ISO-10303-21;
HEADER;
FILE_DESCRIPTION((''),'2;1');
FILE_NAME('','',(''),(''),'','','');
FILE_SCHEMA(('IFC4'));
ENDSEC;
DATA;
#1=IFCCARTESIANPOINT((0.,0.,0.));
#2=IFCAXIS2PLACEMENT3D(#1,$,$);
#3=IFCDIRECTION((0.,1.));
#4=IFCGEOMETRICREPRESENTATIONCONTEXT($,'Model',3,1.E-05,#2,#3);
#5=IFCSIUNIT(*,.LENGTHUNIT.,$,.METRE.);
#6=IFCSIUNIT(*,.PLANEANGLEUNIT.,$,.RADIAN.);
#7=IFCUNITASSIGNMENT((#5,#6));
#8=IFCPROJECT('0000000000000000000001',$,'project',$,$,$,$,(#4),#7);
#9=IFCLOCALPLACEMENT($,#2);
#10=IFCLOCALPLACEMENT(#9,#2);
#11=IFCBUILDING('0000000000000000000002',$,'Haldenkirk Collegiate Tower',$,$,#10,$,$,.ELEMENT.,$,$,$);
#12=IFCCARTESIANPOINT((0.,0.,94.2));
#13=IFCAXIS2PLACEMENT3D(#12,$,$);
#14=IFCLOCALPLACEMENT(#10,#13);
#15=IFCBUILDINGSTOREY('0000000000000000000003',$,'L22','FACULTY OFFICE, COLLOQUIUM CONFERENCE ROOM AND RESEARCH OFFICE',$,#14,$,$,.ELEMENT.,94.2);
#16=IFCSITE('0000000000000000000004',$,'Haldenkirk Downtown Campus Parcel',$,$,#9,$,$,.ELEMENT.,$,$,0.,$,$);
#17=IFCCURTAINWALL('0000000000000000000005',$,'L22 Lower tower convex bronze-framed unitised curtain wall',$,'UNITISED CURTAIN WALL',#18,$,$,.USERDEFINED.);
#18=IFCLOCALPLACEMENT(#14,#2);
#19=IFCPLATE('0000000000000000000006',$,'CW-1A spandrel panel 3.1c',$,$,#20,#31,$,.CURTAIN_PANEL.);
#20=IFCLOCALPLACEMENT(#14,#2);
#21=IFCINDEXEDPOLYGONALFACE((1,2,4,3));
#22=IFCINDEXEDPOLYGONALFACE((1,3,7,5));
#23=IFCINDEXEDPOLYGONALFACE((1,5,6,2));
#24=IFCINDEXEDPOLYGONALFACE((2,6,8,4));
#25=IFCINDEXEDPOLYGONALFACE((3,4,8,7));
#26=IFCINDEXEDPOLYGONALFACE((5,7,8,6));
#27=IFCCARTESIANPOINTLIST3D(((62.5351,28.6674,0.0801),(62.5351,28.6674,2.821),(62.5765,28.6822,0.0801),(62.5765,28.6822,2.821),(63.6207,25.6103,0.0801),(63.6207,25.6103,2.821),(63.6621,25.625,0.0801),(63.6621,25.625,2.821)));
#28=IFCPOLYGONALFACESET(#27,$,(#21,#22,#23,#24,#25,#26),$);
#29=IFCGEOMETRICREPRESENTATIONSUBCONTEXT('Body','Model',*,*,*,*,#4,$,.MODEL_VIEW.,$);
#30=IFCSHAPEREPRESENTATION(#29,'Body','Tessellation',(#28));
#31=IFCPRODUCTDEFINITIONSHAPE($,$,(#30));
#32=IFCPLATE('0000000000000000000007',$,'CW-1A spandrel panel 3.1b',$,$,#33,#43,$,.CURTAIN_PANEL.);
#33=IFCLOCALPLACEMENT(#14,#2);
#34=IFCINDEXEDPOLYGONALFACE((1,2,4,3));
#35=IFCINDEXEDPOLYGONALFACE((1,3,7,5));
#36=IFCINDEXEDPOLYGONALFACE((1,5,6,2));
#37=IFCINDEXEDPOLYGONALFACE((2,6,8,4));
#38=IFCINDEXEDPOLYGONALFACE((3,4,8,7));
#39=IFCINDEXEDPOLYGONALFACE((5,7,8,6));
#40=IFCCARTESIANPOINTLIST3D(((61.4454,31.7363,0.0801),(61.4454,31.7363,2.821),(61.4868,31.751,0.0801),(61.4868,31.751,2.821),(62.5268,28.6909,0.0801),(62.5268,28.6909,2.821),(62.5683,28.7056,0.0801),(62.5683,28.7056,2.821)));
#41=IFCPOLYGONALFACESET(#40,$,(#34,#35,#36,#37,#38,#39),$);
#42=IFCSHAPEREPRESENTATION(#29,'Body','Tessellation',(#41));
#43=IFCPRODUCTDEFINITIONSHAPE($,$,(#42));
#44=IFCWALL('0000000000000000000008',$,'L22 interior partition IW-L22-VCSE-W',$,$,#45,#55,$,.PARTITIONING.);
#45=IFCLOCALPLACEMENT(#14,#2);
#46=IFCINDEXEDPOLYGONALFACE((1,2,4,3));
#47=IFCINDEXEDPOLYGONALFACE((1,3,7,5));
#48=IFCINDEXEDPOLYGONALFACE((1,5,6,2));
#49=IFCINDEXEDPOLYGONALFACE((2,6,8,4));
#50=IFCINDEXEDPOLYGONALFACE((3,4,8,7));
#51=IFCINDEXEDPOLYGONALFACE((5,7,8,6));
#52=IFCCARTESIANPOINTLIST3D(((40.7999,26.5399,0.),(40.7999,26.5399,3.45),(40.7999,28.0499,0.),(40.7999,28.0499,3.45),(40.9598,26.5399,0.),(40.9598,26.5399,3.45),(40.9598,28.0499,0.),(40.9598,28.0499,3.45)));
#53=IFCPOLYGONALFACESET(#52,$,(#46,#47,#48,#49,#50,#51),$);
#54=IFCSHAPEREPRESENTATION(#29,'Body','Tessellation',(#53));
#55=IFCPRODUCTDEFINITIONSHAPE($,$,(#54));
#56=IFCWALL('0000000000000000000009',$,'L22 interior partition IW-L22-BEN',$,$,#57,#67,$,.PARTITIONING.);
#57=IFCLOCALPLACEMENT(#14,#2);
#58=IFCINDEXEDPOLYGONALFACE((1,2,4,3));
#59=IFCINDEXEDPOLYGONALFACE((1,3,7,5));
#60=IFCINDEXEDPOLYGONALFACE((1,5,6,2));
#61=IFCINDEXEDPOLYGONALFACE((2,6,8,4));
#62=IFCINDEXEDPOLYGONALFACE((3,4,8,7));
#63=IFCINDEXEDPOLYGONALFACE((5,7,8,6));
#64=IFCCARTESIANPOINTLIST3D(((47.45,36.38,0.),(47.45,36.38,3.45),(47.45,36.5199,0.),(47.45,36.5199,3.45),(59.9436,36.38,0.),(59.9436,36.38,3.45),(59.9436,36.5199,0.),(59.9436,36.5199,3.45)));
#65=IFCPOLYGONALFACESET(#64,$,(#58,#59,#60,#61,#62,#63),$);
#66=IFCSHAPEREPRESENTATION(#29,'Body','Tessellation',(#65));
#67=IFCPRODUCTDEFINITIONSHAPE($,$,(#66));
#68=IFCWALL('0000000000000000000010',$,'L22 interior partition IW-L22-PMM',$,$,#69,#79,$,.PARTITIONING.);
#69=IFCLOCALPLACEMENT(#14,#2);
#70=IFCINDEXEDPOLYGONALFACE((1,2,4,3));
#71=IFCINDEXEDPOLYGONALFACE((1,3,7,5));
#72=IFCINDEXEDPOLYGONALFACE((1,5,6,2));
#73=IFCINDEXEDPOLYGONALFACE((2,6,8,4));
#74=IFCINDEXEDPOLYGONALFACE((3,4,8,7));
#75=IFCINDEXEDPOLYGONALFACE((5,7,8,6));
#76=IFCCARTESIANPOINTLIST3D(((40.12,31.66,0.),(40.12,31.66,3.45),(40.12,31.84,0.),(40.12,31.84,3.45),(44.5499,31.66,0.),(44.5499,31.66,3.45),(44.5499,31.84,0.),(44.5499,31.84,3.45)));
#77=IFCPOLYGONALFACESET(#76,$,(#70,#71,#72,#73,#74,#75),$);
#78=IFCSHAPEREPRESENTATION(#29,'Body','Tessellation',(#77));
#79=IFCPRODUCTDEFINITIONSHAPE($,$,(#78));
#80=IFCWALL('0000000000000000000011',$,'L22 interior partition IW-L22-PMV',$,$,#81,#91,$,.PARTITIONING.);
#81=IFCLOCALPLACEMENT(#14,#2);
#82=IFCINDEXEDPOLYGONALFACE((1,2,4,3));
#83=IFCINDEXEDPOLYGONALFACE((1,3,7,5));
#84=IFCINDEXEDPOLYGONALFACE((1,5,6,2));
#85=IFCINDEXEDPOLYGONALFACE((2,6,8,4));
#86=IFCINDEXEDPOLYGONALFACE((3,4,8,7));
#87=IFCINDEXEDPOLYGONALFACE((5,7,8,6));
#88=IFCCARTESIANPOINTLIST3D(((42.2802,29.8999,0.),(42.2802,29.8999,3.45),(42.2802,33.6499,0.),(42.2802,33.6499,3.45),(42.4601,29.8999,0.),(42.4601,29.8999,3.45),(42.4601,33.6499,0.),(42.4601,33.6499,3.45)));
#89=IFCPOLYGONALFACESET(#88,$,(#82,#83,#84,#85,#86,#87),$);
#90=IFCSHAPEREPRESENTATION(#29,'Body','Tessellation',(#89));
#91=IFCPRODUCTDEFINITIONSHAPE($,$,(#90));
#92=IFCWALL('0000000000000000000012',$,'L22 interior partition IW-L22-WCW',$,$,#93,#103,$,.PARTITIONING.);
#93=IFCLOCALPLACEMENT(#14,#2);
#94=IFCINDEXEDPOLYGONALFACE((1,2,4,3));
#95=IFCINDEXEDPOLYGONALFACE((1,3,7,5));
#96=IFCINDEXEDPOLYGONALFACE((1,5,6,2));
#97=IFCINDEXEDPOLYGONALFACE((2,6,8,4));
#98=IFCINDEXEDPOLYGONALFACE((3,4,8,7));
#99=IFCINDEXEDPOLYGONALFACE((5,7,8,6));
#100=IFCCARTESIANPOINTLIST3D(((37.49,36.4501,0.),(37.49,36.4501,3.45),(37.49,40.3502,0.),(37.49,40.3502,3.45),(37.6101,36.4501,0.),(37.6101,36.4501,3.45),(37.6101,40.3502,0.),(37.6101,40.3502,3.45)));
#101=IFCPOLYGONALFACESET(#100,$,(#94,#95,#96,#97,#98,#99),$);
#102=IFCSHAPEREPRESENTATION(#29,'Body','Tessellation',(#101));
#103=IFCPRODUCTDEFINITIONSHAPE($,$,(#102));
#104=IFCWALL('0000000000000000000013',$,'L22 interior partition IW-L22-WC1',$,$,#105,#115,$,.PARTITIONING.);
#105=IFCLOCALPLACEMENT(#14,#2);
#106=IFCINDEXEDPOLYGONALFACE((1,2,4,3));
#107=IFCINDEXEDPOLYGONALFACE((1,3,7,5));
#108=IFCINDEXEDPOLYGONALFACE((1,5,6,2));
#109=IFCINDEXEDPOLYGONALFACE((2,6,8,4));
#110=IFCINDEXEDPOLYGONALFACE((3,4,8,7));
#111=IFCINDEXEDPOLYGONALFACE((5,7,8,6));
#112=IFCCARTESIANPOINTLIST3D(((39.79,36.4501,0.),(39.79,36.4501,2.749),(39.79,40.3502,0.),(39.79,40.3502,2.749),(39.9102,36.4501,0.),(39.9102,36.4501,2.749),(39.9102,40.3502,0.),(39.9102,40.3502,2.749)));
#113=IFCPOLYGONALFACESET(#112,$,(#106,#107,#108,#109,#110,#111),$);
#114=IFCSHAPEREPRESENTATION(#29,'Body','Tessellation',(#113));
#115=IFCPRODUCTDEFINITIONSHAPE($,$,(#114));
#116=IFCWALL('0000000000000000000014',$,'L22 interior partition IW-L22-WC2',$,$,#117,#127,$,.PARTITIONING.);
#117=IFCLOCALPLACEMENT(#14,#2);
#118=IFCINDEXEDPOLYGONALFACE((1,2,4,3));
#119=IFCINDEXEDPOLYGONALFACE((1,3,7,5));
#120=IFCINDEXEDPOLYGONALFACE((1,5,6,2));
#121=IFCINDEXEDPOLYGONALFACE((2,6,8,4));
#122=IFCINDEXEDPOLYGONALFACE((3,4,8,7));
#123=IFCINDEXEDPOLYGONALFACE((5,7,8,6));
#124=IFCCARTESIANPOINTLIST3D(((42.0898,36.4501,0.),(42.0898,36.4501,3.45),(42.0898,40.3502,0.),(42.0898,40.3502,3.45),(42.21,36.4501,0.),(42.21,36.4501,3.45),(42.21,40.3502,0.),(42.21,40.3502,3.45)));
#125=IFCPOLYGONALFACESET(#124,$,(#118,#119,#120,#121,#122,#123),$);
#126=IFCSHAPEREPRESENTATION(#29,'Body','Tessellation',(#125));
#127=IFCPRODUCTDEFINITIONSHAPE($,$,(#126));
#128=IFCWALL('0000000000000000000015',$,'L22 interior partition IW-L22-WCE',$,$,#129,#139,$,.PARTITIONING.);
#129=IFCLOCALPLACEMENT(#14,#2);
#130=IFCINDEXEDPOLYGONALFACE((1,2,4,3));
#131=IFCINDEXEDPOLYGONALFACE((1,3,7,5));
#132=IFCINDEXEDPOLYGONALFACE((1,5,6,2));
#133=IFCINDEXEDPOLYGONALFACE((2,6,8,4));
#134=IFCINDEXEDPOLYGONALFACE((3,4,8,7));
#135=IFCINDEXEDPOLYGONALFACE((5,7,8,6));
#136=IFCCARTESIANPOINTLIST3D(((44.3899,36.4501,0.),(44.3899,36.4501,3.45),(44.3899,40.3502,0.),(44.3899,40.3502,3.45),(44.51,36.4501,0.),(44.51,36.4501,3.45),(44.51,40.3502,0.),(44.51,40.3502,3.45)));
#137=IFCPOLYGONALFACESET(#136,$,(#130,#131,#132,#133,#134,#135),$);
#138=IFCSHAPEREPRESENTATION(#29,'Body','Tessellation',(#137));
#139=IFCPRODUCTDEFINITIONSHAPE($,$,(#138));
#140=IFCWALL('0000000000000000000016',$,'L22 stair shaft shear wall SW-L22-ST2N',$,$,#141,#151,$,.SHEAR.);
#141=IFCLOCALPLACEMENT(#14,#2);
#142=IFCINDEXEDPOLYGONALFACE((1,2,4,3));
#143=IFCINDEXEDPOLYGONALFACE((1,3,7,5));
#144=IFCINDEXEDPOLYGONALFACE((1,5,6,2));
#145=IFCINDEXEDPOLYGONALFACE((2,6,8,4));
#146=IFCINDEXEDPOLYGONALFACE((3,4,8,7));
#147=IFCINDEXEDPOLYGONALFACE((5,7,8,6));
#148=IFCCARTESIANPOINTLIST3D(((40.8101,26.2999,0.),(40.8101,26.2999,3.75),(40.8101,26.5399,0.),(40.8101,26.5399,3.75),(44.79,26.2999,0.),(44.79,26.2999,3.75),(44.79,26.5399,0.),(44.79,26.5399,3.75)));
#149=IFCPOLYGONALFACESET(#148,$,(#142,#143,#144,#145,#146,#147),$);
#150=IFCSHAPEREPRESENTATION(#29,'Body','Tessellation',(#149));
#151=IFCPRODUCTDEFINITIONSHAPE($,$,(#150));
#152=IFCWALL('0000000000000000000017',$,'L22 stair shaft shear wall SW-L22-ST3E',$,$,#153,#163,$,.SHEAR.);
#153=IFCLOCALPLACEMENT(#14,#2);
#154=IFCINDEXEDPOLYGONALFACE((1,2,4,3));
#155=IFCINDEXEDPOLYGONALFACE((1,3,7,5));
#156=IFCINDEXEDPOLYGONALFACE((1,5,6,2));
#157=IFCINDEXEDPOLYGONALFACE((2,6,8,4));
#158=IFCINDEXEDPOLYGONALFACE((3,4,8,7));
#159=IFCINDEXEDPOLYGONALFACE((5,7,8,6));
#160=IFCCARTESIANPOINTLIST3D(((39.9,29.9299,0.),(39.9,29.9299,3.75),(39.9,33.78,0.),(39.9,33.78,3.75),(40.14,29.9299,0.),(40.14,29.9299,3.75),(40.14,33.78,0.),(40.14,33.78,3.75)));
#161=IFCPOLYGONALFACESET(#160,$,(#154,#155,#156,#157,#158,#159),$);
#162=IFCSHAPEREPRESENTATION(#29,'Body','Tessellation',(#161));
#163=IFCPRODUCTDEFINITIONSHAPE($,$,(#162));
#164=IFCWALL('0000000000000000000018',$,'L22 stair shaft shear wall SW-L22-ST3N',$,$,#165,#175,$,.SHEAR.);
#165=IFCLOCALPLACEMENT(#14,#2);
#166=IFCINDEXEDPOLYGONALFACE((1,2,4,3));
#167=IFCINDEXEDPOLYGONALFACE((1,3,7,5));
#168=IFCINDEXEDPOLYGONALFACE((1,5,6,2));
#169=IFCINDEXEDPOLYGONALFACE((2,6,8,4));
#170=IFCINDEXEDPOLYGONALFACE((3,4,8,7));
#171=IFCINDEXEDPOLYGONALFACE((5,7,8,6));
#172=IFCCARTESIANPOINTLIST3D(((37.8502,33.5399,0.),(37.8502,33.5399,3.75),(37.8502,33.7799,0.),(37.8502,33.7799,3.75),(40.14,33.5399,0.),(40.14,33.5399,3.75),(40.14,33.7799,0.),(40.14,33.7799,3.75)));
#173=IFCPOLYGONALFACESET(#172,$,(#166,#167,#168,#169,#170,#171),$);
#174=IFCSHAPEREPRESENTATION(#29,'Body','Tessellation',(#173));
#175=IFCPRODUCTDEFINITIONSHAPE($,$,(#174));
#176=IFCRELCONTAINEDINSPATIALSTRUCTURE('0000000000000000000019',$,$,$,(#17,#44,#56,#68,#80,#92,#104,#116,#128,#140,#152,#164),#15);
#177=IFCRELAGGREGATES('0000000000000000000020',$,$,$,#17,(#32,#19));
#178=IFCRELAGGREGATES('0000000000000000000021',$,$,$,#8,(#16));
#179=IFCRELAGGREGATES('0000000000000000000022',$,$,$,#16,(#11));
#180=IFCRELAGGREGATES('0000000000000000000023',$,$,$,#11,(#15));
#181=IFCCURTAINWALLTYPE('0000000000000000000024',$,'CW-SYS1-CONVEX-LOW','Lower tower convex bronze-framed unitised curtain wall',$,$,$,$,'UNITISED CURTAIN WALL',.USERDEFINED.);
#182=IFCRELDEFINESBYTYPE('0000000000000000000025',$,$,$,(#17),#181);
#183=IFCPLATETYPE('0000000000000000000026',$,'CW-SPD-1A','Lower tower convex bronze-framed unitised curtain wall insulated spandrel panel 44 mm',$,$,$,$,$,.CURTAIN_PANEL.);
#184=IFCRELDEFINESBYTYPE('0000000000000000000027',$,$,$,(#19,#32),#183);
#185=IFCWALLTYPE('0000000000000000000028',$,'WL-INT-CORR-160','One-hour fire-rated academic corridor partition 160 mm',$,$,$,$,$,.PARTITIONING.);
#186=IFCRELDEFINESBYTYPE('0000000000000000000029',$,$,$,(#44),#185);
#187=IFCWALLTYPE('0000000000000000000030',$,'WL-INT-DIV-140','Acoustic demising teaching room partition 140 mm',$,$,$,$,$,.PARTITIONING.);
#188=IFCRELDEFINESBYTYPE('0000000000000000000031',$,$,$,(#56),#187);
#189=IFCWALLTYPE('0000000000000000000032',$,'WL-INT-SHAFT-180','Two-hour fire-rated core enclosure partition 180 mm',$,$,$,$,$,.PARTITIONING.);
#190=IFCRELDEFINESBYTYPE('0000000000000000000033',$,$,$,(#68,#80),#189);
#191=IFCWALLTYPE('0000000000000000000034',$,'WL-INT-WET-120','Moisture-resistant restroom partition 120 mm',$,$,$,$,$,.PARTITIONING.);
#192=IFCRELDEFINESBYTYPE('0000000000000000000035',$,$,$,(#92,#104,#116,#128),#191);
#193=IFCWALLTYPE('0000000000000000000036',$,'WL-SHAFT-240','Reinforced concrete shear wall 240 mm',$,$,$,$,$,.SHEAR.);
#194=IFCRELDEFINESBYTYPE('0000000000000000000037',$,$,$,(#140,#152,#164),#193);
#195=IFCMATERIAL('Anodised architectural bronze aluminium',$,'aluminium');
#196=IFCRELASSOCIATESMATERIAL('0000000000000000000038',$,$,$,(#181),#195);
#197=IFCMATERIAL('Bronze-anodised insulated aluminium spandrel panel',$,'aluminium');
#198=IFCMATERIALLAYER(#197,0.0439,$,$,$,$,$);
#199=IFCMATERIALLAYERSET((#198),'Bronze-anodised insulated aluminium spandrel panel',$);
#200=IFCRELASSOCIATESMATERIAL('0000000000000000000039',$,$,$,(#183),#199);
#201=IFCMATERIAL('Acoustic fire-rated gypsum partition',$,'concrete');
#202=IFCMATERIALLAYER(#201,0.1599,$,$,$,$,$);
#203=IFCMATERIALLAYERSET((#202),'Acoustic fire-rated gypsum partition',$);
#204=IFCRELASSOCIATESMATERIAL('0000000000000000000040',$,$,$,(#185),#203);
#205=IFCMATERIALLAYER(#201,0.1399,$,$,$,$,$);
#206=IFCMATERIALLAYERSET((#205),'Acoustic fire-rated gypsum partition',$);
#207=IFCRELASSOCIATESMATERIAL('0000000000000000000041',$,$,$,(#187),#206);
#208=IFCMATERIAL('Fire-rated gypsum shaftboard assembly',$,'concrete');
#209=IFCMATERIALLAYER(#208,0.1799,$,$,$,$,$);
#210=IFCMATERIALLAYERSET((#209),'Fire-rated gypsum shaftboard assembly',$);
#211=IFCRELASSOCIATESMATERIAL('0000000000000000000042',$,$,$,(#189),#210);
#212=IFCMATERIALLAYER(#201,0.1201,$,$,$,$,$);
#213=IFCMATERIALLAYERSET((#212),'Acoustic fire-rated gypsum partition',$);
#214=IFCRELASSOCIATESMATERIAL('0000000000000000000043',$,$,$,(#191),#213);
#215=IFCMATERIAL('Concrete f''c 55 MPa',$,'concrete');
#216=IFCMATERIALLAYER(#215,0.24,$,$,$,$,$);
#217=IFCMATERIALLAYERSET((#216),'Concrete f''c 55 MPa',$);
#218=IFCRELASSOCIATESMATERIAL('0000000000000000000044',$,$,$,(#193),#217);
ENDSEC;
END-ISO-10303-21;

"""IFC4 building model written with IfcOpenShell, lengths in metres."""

from ifc_helpers import new_model, si_unit, direction, frame, frame_2d, origin, origin_2d, place, context, subcontext, project, spatial, rectangle, extrude, source, transform, mapped, material, layer, layer_set, type_object, element, aggregate, save


model = new_model("IFC4")

# Units and contexts
model_context = context("Model", 3, precision=1e-05, world=origin(), true_north=direction((0.0, 1.0)))
body_context = subcontext(model_context, "Body", "Model", "MODEL_VIEW")
ifc_project = project(units=[si_unit("LENGTHUNIT", "METRE"), si_unit("PLANEANGLEUNIT", "RADIAN")], contexts=[model_context])

# Site, building, storey
site_placement = place(None, origin())
site = spatial("IfcSite", under=ifc_project, at=site_placement, Name="Haldenkirk Downtown Campus Parcel", CompositionType="ELEMENT", RefElevation=0.0)
building_placement = place(site_placement, origin())
building = spatial("IfcBuilding", under=site, at=building_placement, Name="Haldenkirk Collegiate Tower", CompositionType="ELEMENT")
storey_placement = place(building_placement, frame((0.0, 0.0, 94.2)))
storey = spatial("IfcBuildingStorey", under=building, at=storey_placement, Name="L22", Description="FACULTY OFFICE, COLLOQUIUM CONFERENCE ROOM AND RESEARCH OFFICE", CompositionType="ELEMENT", Elevation=94.2)

# Curtain wall
ifc_material_1 = material(Name="Anodised architectural bronze aluminium", Category="aluminium")
curtain_wall_type = type_object("IfcCurtainWallType", Name="CW-SYS1-CONVEX-LOW", Description="Lower tower convex bronze-framed unitised curtain wall", ElementType="UNITISED CURTAIN WALL", PredefinedType="USERDEFINED", material=ifc_material_1)
curtain_wall_placement = place(storey_placement, origin())
curtain_wall = element("IfcCurtainWall", 1, at=curtain_wall_placement, inside=storey, type_object=curtain_wall_type, Name="L22 Lower tower convex bronze-framed unitised curtain wall", ObjectType="UNITISED CURTAIN WALL", PredefinedType="USERDEFINED")

# Plates
ifc_material_2 = material(Name="Bronze-anodised insulated aluminium spandrel panel", Category="aluminium")
ifc_layer_1 = layer(ifc_material_2, 0.0439)
ifc_layer_set_1 = layer_set([ifc_layer_1], Name="Bronze-anodised insulated aluminium spandrel panel")
plate_type_1 = type_object("IfcPlateType", Name="CW-SPD-1A", Description="Lower tower convex bronze-framed unitised curtain wall insulated spandrel panel 44 mm", PredefinedType="CURTAIN_PANEL", material=ifc_layer_set_1)
shared_shape_1 = source(origin(), body_context, "Body", "SweptSolid", [
    extrude(rectangle(XDim=3.2441, YDim=0.0439, at=origin_2d()), origin(), (0.0, 0.0, 1.0), 2.741),
])
plate_1_placement = place(storey_placement, frame((63.0986, 27.1462, 0.0801), z_axis=(0.0, 0.0, 1.0), x_axis=(0.334629, -0.94235, 0.0)))
plate_1 = element("IfcPlate", 2, at=plate_1_placement, type_object=plate_type_1, Name="CW-1A spandrel panel 3.1c", PredefinedType="CURTAIN_PANEL", context=body_context, shape_type="MappedRepresentation", body=[
    mapped(shared_shape_1, transform((0.0, 0.0, 0.0), x_axis=(1.0, 0.0, 0.0), y_axis=(0.0, 1.0, 0.0), z_axis=(0.0, 0.0, 1.0), scale=1.0)),
])
shared_shape_2 = source(origin(), body_context, "Body", "SweptSolid", [
    extrude(rectangle(XDim=3.2317, YDim=0.0439, at=origin_2d()), origin(), (0.0, 0.0, 1.0), 2.741),
])
plate_2_placement = place(storey_placement, frame((62.0068, 30.2209, 0.0801), z_axis=(0.0, 0.0, 1.0), x_axis=(0.334629, -0.94235, 0.0)))
plate_2 = element("IfcPlate", 3, at=plate_2_placement, type_object=plate_type_1, Name="CW-1A spandrel panel 3.1b", PredefinedType="CURTAIN_PANEL", context=body_context, shape_type="MappedRepresentation", body=[
    mapped(shared_shape_2, transform((0.0, 0.0, 0.0), x_axis=(1.0, 0.0, 0.0), y_axis=(0.0, 1.0, 0.0), z_axis=(0.0, 0.0, 1.0), scale=1.0)),
])
aggregate(curtain_wall, [plate_2, plate_1])

# Shared definitions
ifc_material_3 = material(Name="Acoustic fire-rated gypsum partition", Category="concrete")
ifc_layer_2 = layer(ifc_material_3, 0.1599)
ifc_layer_set_2 = layer_set([ifc_layer_2], Name="Acoustic fire-rated gypsum partition")
wall_type_1 = type_object("IfcWallType", Name="WL-INT-CORR-160", Description="One-hour fire-rated academic corridor partition 160 mm", PredefinedType="PARTITIONING", material=ifc_layer_set_2)

# Walls
wall_1_placement = place(storey_placement, frame((40.8799, 26.54, 0.0), z_axis=(0.0, 0.0, 1.0), x_axis=(0.0, 1.0, 0.0)))
element("IfcWall", 4, at=wall_1_placement, inside=storey, type_object=wall_type_1, Name="L22 interior partition IW-L22-VCSE-W", PredefinedType="PARTITIONING", context=body_context, shape_type="SweptSolid", body=[
    extrude(rectangle(XDim=1.51, YDim=0.1599, at=frame_2d((0.7549, 0.0))), origin(), (0.0, 0.0, 1.0), 3.45),
])
ifc_layer_3 = layer(ifc_material_3, 0.1399)
ifc_layer_set_3 = layer_set([ifc_layer_3], Name="Acoustic fire-rated gypsum partition")
wall_type_2 = type_object("IfcWallType", Name="WL-INT-DIV-140", Description="Acoustic demising teaching room partition 140 mm", PredefinedType="PARTITIONING", material=ifc_layer_set_3)
wall_2_placement = place(storey_placement, frame((47.45, 36.45, 0.0), z_axis=(0.0, 0.0, 1.0), x_axis=(1.0, 0.0, 0.0)))
element("IfcWall", 5, at=wall_2_placement, inside=storey, type_object=wall_type_2, Name="L22 interior partition IW-L22-BEN", PredefinedType="PARTITIONING", context=body_context, shape_type="SweptSolid", body=[
    extrude(rectangle(XDim=12.4937, YDim=0.1399, at=frame_2d((6.2468, 0.0))), origin(), (0.0, 0.0, 1.0), 3.45),
])

# Shared definitions
ifc_material_4 = material(Name="Fire-rated gypsum shaftboard assembly", Category="concrete")
ifc_layer_4 = layer(ifc_material_4, 0.1799)
ifc_layer_set_4 = layer_set([ifc_layer_4], Name="Fire-rated gypsum shaftboard assembly")
wall_type_3 = type_object("IfcWallType", Name="WL-INT-SHAFT-180", Description="Two-hour fire-rated core enclosure partition 180 mm", PredefinedType="PARTITIONING", material=ifc_layer_set_4)

# Walls
wall_3_placement = place(storey_placement, frame((40.1201, 31.75, 0.0), z_axis=(0.0, 0.0, 1.0), x_axis=(1.0, 0.0, 0.0)))
element("IfcWall", 6, at=wall_3_placement, inside=storey, type_object=wall_type_3, Name="L22 interior partition IW-L22-PMM", PredefinedType="PARTITIONING", context=body_context, shape_type="SweptSolid", body=[
    extrude(rectangle(XDim=4.4299, YDim=0.1799, at=frame_2d((2.2148, 0.0))), origin(), (0.0, 0.0, 1.0), 3.45),
])
wall_4_placement = place(storey_placement, frame((42.3701, 29.8999, 0.0), z_axis=(0.0, 0.0, 1.0), x_axis=(0.0, 1.0, 0.0)))
element("IfcWall", 7, at=wall_4_placement, inside=storey, type_object=wall_type_3, Name="L22 interior partition IW-L22-PMV", PredefinedType="PARTITIONING", context=body_context, shape_type="SweptSolid", body=[
    extrude(rectangle(XDim=3.75, YDim=0.1799, at=frame_2d((1.875, 0.0))), origin(), (0.0, 0.0, 1.0), 3.45),
])
ifc_layer_5 = layer(ifc_material_3, 0.1201)
ifc_layer_set_5 = layer_set([ifc_layer_5], Name="Acoustic fire-rated gypsum partition")
wall_type_4 = type_object("IfcWallType", Name="WL-INT-WET-120", Description="Moisture-resistant restroom partition 120 mm", PredefinedType="PARTITIONING", material=ifc_layer_set_5)
wall_5_placement = place(storey_placement, frame((37.55, 36.45, 0.0), z_axis=(0.0, 0.0, 1.0), x_axis=(0.0, 1.0, 0.0)))
element("IfcWall", 8, at=wall_5_placement, inside=storey, type_object=wall_type_4, Name="L22 interior partition IW-L22-WCW", PredefinedType="PARTITIONING", context=body_context, shape_type="SweptSolid", body=[
    extrude(rectangle(XDim=3.9001, YDim=0.1201, at=frame_2d((1.9502, 0.0))), origin(), (0.0, 0.0, 1.0), 3.45),
])
wall_6_placement = place(storey_placement, frame((39.8501, 36.45, 0.0), z_axis=(0.0, 0.0, 1.0), x_axis=(0.0, 1.0, 0.0)))
element("IfcWall", 9, at=wall_6_placement, inside=storey, type_object=wall_type_4, Name="L22 interior partition IW-L22-WC1", PredefinedType="PARTITIONING", context=body_context, shape_type="SweptSolid", body=[
    extrude(rectangle(XDim=3.9001, YDim=0.1201, at=frame_2d((1.9502, 0.0))), origin(), (0.0, 0.0, 1.0), 2.749),
])
for number, where, z_axis, x_axis, name in (
    (10, (42.1499, 36.45, 0.0), (0.0, 0.0, 1.0), (0.0, 1.0, 0.0), "L22 interior partition IW-L22-WC2"),
    (11, (44.45, 36.45, 0.0), (0.0, 0.0, 1.0), (0.0, 1.0, 0.0), "L22 interior partition IW-L22-WCE"),
):
    element("IfcWall", number, at=place(storey_placement, frame(where, z_axis=z_axis, x_axis=x_axis)), inside=storey, type_object=wall_type_4, Name=name, PredefinedType="PARTITIONING", context=body_context, shape_type="SweptSolid", body=[
        extrude(rectangle(XDim=3.9001, YDim=0.1201, at=frame_2d((1.9502, 0.0))), origin(), (0.0, 0.0, 1.0), 3.45),
    ])
ifc_material_5 = material(Name="Concrete f'c 55 MPa", Category="concrete")
ifc_layer_6 = layer(ifc_material_5, 0.24)
ifc_layer_set_6 = layer_set([ifc_layer_6], Name="Concrete f'c 55 MPa")
wall_type_5 = type_object("IfcWallType", Name="WL-SHAFT-240", Description="Reinforced concrete shear wall 240 mm", PredefinedType="SHEAR", material=ifc_layer_set_6)
wall_7_placement = place(storey_placement, frame((40.8101, 26.4199, 0.0), z_axis=(0.0, 0.0, 1.0), x_axis=(1.0, 0.0, 0.0)))
element("IfcWall", 12, at=wall_7_placement, inside=storey, type_object=wall_type_5, Name="L22 stair shaft shear wall SW-L22-ST2N", PredefinedType="SHEAR", context=body_context, shape_type="SweptSolid", body=[
    extrude(rectangle(XDim=3.98, YDim=0.24, at=frame_2d((1.99, 0.0))), origin(), (0.0, 0.0, 1.0), 3.75),
])
wall_8_placement = place(storey_placement, frame((40.02, 29.9299, 0.0), z_axis=(0.0, 0.0, 1.0), x_axis=(0.0, 1.0, 0.0)))
element("IfcWall", 13, at=wall_8_placement, inside=storey, type_object=wall_type_5, Name="L22 stair shaft shear wall SW-L22-ST3E", PredefinedType="SHEAR", context=body_context, shape_type="SweptSolid", body=[
    extrude(rectangle(XDim=3.8501, YDim=0.24, at=frame_2d((1.925, 0.0))), origin(), (0.0, 0.0, 1.0), 3.75),
])
wall_9_placement = place(storey_placement, frame((37.8501, 33.6599, 0.0), z_axis=(0.0, 0.0, 1.0), x_axis=(1.0, 0.0, 0.0)))
element("IfcWall", 14, at=wall_9_placement, inside=storey, type_object=wall_type_5, Name="L22 stair shaft shear wall SW-L22-ST3N", PredefinedType="SHEAR", context=body_context, shape_type="SweptSolid", body=[
    extrude(rectangle(XDim=2.2898, YDim=0.24, at=frame_2d((1.145, 0.0))), origin(), (0.0, 0.0, 1.0), 3.75),
])

save(model, "model.ifc")
